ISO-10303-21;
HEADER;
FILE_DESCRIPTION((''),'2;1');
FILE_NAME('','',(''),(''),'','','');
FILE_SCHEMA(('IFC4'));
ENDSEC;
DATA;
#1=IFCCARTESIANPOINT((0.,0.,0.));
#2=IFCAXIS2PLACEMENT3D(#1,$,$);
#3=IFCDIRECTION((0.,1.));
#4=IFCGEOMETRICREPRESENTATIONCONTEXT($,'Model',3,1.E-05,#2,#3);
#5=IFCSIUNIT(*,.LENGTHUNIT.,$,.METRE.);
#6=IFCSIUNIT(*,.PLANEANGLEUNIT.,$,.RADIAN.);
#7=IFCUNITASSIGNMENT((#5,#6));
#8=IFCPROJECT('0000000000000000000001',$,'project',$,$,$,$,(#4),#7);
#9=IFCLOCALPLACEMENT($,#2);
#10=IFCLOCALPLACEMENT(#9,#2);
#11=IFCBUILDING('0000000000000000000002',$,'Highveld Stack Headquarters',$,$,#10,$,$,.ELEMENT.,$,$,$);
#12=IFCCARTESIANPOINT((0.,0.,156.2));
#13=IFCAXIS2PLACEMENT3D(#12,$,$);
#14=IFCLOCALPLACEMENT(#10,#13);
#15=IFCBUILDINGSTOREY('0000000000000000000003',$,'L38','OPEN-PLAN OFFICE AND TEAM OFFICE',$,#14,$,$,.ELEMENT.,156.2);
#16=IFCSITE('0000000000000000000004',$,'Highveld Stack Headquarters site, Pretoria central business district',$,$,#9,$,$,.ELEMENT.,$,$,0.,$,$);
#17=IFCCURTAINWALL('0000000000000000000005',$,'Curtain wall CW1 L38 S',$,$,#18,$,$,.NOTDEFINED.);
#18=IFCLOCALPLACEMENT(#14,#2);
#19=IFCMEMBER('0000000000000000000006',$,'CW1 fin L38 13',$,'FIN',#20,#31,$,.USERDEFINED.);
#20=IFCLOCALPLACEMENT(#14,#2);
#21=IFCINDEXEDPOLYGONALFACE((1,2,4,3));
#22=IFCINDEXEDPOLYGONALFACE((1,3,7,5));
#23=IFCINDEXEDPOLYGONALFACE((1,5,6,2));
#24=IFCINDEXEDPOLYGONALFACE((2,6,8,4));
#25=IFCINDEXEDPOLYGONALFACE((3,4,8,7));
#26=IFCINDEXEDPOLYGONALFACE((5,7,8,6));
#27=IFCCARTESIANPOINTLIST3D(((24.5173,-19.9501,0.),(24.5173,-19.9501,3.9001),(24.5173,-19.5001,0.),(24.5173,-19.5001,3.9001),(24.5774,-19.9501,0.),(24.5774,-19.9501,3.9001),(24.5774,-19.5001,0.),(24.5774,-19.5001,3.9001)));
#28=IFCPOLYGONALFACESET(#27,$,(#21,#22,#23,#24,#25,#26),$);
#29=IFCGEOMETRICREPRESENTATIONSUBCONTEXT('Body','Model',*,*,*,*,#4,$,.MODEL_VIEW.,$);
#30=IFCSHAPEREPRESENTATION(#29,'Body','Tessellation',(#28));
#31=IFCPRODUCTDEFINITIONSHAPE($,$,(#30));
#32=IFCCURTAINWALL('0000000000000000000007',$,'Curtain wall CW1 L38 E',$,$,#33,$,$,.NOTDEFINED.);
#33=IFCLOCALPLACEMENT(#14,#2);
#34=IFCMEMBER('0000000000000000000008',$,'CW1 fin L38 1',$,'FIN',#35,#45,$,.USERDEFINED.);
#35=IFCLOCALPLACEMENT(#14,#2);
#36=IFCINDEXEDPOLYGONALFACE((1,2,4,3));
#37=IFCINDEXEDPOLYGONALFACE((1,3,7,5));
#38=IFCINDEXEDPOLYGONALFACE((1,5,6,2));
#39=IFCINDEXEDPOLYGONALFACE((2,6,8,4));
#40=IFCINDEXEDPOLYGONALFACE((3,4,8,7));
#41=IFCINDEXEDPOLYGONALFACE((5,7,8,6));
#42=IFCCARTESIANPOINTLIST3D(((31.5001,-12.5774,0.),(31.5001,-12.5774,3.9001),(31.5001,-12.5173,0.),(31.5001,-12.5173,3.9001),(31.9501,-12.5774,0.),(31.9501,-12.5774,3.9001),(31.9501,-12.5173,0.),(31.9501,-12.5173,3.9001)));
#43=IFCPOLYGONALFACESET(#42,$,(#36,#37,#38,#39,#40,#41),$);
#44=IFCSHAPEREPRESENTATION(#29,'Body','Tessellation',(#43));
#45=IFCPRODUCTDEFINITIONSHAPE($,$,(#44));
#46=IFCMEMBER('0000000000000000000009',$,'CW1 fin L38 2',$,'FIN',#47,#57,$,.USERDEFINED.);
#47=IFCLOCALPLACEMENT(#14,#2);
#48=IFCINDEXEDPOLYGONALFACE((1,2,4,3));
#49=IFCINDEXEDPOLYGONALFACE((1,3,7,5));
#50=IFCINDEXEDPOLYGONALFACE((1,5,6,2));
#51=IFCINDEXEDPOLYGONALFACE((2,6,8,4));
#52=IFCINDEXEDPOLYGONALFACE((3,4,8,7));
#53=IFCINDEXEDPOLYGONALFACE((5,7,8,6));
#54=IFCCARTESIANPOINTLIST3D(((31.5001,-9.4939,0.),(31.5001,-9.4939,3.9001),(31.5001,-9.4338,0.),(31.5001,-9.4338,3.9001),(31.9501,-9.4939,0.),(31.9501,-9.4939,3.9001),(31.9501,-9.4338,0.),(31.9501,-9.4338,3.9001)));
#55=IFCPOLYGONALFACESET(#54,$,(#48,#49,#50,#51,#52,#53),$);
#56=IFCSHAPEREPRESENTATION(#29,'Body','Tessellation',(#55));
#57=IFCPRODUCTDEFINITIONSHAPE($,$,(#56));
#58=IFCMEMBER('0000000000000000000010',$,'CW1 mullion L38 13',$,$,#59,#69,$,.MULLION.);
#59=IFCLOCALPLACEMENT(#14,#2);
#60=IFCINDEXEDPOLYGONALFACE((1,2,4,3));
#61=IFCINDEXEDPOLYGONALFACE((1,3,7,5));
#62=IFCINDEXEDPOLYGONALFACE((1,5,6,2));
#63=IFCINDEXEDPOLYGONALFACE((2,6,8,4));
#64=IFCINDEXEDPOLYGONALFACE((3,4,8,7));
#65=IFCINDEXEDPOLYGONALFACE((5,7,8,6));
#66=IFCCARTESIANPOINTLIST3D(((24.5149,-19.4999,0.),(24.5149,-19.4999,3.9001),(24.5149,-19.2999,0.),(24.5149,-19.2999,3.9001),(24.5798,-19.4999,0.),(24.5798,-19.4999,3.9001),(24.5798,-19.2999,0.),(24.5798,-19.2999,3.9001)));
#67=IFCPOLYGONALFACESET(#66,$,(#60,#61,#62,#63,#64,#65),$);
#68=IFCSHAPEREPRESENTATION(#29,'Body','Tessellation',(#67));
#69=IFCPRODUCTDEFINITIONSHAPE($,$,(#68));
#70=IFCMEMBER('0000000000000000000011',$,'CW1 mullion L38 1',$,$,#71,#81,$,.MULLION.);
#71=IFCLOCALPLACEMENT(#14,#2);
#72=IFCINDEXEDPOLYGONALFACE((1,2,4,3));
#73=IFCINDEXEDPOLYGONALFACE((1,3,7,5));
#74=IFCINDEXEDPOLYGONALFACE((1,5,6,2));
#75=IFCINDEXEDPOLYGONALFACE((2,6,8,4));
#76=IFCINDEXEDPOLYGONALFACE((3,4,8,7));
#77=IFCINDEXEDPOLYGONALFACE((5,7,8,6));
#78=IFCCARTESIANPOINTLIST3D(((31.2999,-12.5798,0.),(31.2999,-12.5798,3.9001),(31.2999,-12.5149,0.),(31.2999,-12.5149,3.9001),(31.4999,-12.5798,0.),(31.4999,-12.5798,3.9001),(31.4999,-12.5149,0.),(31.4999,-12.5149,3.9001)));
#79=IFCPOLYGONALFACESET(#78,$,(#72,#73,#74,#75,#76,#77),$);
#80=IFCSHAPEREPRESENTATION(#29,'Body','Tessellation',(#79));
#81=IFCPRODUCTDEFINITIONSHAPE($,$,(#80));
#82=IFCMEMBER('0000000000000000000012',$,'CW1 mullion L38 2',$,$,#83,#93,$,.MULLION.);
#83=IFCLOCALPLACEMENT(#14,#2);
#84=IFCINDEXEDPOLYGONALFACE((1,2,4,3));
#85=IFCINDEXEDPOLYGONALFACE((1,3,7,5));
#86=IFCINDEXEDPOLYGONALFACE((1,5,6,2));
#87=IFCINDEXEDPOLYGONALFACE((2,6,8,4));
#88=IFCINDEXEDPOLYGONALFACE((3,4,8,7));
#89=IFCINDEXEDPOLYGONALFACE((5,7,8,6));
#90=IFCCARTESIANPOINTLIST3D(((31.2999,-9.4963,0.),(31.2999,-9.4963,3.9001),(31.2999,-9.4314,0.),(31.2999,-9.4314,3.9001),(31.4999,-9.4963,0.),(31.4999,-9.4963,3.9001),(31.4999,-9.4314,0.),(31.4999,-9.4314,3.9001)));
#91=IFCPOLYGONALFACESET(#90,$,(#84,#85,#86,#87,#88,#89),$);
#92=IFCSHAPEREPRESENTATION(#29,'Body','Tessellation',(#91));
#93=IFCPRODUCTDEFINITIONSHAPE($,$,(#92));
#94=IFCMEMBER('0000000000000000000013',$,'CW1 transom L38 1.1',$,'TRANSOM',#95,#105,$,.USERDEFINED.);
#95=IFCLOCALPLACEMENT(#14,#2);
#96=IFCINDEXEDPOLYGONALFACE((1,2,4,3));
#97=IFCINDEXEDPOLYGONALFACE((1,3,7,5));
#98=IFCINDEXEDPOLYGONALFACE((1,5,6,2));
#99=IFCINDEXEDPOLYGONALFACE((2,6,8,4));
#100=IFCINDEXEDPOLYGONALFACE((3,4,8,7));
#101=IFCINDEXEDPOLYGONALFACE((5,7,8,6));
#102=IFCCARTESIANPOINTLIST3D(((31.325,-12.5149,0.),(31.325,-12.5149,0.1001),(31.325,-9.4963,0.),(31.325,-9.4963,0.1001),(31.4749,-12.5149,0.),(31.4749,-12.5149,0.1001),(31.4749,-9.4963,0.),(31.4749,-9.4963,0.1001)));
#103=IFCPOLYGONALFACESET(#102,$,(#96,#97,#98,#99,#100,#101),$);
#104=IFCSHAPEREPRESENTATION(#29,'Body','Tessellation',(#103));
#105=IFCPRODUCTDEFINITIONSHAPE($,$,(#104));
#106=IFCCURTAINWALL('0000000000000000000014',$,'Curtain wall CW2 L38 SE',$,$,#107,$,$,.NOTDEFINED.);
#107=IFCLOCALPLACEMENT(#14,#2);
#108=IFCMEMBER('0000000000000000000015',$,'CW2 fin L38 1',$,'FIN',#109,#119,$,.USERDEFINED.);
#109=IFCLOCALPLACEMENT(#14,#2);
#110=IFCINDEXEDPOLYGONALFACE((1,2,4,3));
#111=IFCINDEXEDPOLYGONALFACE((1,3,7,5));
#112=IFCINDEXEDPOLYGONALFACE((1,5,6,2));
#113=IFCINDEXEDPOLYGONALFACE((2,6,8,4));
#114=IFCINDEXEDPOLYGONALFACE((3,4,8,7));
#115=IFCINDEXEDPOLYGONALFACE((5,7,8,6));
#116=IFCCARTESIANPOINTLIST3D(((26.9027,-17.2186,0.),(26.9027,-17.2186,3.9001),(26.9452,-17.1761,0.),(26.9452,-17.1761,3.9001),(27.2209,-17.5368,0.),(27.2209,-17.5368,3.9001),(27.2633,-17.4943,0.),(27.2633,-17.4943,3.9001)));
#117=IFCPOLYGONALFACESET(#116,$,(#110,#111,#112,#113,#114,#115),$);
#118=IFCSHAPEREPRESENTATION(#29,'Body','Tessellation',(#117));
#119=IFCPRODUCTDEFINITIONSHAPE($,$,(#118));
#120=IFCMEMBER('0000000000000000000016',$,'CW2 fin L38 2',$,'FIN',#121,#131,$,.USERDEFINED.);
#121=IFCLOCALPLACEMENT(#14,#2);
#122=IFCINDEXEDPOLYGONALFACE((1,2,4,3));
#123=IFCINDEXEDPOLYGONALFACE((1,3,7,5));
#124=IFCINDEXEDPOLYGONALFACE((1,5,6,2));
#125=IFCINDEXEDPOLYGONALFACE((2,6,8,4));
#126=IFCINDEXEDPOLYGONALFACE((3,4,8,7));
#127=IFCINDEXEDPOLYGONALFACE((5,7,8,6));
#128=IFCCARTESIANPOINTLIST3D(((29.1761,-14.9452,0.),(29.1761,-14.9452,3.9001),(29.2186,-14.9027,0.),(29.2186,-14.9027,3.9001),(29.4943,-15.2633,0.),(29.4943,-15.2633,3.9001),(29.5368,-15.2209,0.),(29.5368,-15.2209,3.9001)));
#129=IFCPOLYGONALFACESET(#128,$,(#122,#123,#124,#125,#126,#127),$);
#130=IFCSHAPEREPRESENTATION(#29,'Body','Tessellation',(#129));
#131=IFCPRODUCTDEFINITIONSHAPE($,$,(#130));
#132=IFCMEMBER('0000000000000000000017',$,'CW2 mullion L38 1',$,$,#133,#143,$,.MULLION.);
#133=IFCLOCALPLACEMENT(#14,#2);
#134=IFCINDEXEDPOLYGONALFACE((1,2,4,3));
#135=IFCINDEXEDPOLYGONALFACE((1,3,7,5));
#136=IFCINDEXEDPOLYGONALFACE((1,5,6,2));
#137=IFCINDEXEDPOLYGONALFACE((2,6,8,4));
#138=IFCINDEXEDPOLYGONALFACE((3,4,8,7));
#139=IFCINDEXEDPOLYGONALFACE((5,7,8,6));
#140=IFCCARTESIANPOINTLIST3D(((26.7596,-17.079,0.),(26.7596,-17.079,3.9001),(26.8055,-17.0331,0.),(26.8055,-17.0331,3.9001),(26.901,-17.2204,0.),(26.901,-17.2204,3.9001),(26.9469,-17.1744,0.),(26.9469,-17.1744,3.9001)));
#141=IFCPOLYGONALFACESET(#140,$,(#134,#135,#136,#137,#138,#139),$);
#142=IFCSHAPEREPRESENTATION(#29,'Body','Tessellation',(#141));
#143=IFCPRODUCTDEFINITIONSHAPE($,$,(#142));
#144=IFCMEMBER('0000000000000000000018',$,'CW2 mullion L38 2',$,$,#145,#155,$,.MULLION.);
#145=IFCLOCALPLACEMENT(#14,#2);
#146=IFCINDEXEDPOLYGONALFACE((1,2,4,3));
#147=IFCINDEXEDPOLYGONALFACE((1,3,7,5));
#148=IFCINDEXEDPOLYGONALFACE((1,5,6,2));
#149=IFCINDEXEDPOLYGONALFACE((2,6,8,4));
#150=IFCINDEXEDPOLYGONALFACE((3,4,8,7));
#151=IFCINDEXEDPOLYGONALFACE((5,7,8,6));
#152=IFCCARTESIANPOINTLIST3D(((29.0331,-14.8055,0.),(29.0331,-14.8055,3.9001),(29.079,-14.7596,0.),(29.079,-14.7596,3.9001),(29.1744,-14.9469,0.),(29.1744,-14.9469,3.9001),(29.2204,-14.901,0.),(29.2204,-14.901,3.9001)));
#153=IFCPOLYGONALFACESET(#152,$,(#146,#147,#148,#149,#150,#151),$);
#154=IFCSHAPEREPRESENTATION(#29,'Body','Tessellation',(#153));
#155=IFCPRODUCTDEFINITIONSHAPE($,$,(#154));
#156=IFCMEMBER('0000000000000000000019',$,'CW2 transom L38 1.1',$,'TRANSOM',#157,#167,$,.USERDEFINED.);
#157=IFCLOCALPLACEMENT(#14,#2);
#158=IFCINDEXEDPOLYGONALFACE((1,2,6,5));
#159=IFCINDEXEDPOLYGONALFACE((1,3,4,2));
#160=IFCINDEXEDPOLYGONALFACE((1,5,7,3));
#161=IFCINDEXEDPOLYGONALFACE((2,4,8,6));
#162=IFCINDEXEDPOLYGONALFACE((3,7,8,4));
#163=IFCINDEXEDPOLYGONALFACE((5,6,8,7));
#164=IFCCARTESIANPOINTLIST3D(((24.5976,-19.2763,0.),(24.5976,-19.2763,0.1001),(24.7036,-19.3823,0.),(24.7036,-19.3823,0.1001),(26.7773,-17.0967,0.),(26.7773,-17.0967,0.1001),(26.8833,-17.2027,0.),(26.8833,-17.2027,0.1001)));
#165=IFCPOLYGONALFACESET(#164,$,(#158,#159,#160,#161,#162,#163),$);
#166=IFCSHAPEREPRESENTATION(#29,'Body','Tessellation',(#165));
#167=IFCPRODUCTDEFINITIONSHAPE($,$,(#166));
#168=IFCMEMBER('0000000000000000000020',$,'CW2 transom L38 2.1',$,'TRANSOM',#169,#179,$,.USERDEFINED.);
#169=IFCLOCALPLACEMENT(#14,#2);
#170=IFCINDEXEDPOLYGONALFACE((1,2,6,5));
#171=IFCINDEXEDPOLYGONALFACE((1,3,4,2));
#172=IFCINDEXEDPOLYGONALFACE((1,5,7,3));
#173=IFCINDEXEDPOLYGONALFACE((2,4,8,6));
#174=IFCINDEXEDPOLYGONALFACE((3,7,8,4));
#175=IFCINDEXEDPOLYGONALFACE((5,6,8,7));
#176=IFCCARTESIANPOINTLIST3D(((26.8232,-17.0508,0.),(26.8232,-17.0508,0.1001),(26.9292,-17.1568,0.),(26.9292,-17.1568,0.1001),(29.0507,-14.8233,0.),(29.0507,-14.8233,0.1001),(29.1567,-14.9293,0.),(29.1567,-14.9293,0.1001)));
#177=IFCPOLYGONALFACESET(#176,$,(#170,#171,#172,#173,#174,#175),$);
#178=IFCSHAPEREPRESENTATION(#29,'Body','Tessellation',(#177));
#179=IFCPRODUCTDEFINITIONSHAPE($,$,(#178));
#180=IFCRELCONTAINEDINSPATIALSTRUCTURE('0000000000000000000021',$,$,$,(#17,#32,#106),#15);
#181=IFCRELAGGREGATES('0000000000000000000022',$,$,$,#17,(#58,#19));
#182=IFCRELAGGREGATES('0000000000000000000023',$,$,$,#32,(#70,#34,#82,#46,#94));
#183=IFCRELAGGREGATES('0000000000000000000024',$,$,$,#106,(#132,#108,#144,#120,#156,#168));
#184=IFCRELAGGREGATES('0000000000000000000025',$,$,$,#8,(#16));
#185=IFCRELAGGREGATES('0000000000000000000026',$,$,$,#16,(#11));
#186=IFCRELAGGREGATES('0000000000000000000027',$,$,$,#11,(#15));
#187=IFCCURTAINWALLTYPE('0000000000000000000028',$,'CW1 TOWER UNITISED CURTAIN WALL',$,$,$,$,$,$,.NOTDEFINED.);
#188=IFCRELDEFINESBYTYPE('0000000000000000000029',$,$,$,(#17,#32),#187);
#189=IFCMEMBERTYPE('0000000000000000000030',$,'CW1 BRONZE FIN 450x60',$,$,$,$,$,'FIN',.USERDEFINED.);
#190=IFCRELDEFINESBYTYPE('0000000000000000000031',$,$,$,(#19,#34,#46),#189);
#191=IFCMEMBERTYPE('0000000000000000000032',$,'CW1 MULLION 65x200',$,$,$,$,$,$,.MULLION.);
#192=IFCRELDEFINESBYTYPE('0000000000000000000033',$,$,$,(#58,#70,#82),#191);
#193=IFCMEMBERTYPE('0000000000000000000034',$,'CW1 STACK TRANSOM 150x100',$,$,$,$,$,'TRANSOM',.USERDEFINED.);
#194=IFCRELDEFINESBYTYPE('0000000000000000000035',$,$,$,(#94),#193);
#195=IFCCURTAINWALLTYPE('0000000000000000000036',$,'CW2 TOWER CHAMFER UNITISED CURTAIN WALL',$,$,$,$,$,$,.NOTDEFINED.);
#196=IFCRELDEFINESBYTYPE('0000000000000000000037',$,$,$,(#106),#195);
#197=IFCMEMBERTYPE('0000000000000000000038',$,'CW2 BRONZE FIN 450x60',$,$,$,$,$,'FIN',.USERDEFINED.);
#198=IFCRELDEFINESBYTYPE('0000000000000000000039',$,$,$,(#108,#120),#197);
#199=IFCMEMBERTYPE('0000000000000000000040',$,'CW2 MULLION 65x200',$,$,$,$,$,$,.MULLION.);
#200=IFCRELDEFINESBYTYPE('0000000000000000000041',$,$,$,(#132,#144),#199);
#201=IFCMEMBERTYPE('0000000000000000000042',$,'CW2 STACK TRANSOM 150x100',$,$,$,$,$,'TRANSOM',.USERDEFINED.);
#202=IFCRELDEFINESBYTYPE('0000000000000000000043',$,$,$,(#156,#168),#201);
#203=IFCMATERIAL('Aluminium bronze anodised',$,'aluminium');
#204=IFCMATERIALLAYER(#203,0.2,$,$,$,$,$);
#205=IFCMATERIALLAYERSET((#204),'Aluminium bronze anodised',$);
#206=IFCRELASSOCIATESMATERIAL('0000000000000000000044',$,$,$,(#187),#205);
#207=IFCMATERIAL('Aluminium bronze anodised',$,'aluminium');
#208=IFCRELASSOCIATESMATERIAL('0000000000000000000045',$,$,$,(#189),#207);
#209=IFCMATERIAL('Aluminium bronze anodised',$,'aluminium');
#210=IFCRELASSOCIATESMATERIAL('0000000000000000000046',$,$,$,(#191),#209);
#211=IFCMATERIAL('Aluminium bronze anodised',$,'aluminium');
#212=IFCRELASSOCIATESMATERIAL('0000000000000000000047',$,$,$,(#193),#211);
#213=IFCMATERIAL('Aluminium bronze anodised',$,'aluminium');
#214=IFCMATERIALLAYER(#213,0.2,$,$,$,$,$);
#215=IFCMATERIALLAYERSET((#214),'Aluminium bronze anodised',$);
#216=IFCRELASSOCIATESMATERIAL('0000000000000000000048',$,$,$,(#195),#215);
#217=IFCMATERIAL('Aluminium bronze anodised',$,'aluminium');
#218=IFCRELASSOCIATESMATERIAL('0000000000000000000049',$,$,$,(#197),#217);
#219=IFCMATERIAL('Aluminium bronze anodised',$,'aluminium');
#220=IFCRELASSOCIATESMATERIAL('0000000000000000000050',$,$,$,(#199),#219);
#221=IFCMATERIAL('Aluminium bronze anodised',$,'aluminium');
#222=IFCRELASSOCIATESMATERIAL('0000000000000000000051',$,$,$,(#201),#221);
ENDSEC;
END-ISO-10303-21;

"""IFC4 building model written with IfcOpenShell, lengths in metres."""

from ifc_helpers import new_model, si_unit, direction, frame, origin, origin_2d, place, context, subcontext, project, spatial, rectangle, extrude, material, layer, layer_set, material_profile, profile_set, type_object, element, aggregate, save


model = new_model("IFC4")

# Units and contexts
model_context = context("Model", 3, precision=1e-05, world=origin(), true_north=direction((0.0, 1.0)))
body_context = subcontext(model_context, "Body", "Model", "MODEL_VIEW")
ifc_project = project(units=[si_unit("LENGTHUNIT", "METRE"), si_unit("PLANEANGLEUNIT", "RADIAN")], contexts=[model_context])

# Site, building, storey
site_placement = place(None, origin())
site = spatial("IfcSite", under=ifc_project, at=site_placement, Name="Highveld Stack Headquarters site, Pretoria central business district", CompositionType="ELEMENT", RefElevation=0.0)
building_placement = place(site_placement, origin())
building = spatial("IfcBuilding", under=site, at=building_placement, Name="Highveld Stack Headquarters", CompositionType="ELEMENT")
storey_placement = place(building_placement, frame((0.0, 0.0, 156.2)))
storey = spatial("IfcBuildingStorey", under=building, at=storey_placement, Name="L38", Description="OPEN-PLAN OFFICE AND TEAM OFFICE", CompositionType="ELEMENT", Elevation=156.2)

# Curtain wall, member
ifc_material_1 = material(Name="Aluminium bronze anodised", Category="aluminium")
ifc_layer_1 = layer(ifc_material_1, 0.2)
ifc_layer_set_1 = layer_set([ifc_layer_1], Name="Aluminium bronze anodised")
curtain_wall_type_1 = type_object("IfcCurtainWallType", Name="CW1 TOWER UNITISED CURTAIN WALL", PredefinedType="NOTDEFINED", material=ifc_layer_set_1)
curtain_wall_1_placement = place(storey_placement, origin())
curtain_wall_1 = element("IfcCurtainWall", 1, at=curtain_wall_1_placement, inside=storey, type_object=curtain_wall_type_1, Name="Curtain wall CW1 L38 S", PredefinedType="NOTDEFINED")
ifc_material_2 = material(Name="Aluminium bronze anodised", Category="aluminium")
ifc_material_profile_1 = material_profile(ifc_material_2, rectangle(XDim=0.45, YDim=0.0601, at=origin_2d()), Name="FIN 450x60")
ifc_profile_set_1 = profile_set([ifc_material_profile_1], Name="Aluminium bronze anodised")
member_type_1 = type_object("IfcMemberType", Name="CW1 BRONZE FIN 450x60", ElementType="FIN", PredefinedType="USERDEFINED", material=ifc_profile_set_1)
member_1_placement = place(storey_placement, frame((24.5474, -19.7251, 0.0), z_axis=(0.0, 0.0, 1.0), x_axis=(0.0, 1.0, 0.0)))
member_1 = element("IfcMember", 2, at=member_1_placement, type_object=member_type_1, Name="CW1 fin L38 13", ObjectType="FIN", PredefinedType="USERDEFINED", context=body_context, shape_type="SweptSolid", body=[
    extrude(rectangle(XDim=0.45, YDim=0.0601, at=origin_2d()), origin(), (0.0, 0.0, 1.0), 3.9001),
])

# Curtain wall, members
curtain_wall_2_placement = place(storey_placement, origin())
curtain_wall_2 = element("IfcCurtainWall", 3, at=curtain_wall_2_placement, inside=storey, type_object=curtain_wall_type_1, Name="Curtain wall CW1 L38 E", PredefinedType="NOTDEFINED")
member_2_placement = place(storey_placement, frame((31.7251, -12.5474, 0.0), z_axis=(0.0, 0.0, 1.0), x_axis=(-1.0, 0.0, 0.0)))
member_2 = element("IfcMember", 4, at=member_2_placement, type_object=member_type_1, Name="CW1 fin L38 1", ObjectType="FIN", PredefinedType="USERDEFINED", context=body_context, shape_type="SweptSolid", body=[
    extrude(rectangle(XDim=0.45, YDim=0.0601, at=origin_2d()), origin(), (0.0, 0.0, 1.0), 3.9001),
])
member_3_placement = place(storey_placement, frame((31.7251, -9.4639, 0.0), z_axis=(0.0, 0.0, 1.0), x_axis=(-1.0, 0.0, 0.0)))
member_3 = element("IfcMember", 5, at=member_3_placement, type_object=member_type_1, Name="CW1 fin L38 2", ObjectType="FIN", PredefinedType="USERDEFINED", context=body_context, shape_type="SweptSolid", body=[
    extrude(rectangle(XDim=0.45, YDim=0.0601, at=origin_2d()), origin(), (0.0, 0.0, 1.0), 3.9001),
])

# Members
ifc_material_3 = material(Name="Aluminium bronze anodised", Category="aluminium")
ifc_material_profile_2 = material_profile(ifc_material_3, rectangle(XDim=0.2, YDim=0.0649, at=origin_2d()), Name="CW1 MULLION 65x200")
ifc_profile_set_2 = profile_set([ifc_material_profile_2], Name="Aluminium bronze anodised")
member_type_2 = type_object("IfcMemberType", Name="CW1 MULLION 65x200", PredefinedType="MULLION", material=ifc_profile_set_2)
member_4_placement = place(storey_placement, frame((24.5474, -19.3999, 0.0), z_axis=(0.0, 0.0, 1.0), x_axis=(0.0, 1.0, 0.0)))
member_4 = element("IfcMember", 6, at=member_4_placement, type_object=member_type_2, Name="CW1 mullion L38 13", PredefinedType="MULLION", context=body_context, shape_type="SweptSolid", body=[
    extrude(rectangle(XDim=0.2, YDim=0.0649, at=origin_2d()), origin(), (0.0, 0.0, 1.0), 3.9001),
])
aggregate(curtain_wall_1, [member_4, member_1])
member_5_placement = place(storey_placement, frame((31.3999, -12.5474, 0.0), z_axis=(0.0, 0.0, 1.0), x_axis=(-1.0, 0.0, 0.0)))
member_5 = element("IfcMember", 7, at=member_5_placement, type_object=member_type_2, Name="CW1 mullion L38 1", PredefinedType="MULLION", context=body_context, shape_type="SweptSolid", body=[
    extrude(rectangle(XDim=0.2, YDim=0.0649, at=origin_2d()), origin(), (0.0, 0.0, 1.0), 3.9001),
])
member_6_placement = place(storey_placement, frame((31.3999, -9.4639, 0.0), z_axis=(0.0, 0.0, 1.0), x_axis=(-1.0, 0.0, 0.0)))
member_6 = element("IfcMember", 8, at=member_6_placement, type_object=member_type_2, Name="CW1 mullion L38 2", PredefinedType="MULLION", context=body_context, shape_type="SweptSolid", body=[
    extrude(rectangle(XDim=0.2, YDim=0.0649, at=origin_2d()), origin(), (0.0, 0.0, 1.0), 3.9001),
])
ifc_material_4 = material(Name="Aluminium bronze anodised", Category="aluminium")
ifc_material_profile_3 = material_profile(ifc_material_4, rectangle(XDim=0.1499, YDim=0.1001, at=origin_2d()), Name="CW1 TRANSOM 150x100")
ifc_profile_set_3 = profile_set([ifc_material_profile_3], Name="Aluminium bronze anodised")
member_type_3 = type_object("IfcMemberType", Name="CW1 STACK TRANSOM 150x100", ElementType="TRANSOM", PredefinedType="USERDEFINED", material=ifc_profile_set_3)
member_7_placement = place(storey_placement, frame((31.3999, -12.5149, 0.05), z_axis=(0.0, 1.0, 0.0), x_axis=(-1.0, 0.0, 0.0)))
member_7 = element("IfcMember", 9, at=member_7_placement, type_object=member_type_3, Name="CW1 transom L38 1.1", ObjectType="TRANSOM", PredefinedType="USERDEFINED", context=body_context, shape_type="SweptSolid", body=[
    extrude(rectangle(XDim=0.1499, YDim=0.1001, at=origin_2d()), origin(), (0.0, 0.0, 1.0), 3.0186),
])

# Curtain wall, members
ifc_material_5 = material(Name="Aluminium bronze anodised", Category="aluminium")
ifc_layer_2 = layer(ifc_material_5, 0.2)
ifc_layer_set_2 = layer_set([ifc_layer_2], Name="Aluminium bronze anodised")
curtain_wall_type_2 = type_object("IfcCurtainWallType", Name="CW2 TOWER CHAMFER UNITISED CURTAIN WALL", PredefinedType="NOTDEFINED", material=ifc_layer_set_2)
curtain_wall_3_placement = place(storey_placement, origin())
curtain_wall_3 = element("IfcCurtainWall", 10, at=curtain_wall_3_placement, inside=storey, type_object=curtain_wall_type_2, Name="Curtain wall CW2 L38 SE", PredefinedType="NOTDEFINED")
ifc_material_6 = material(Name="Aluminium bronze anodised", Category="aluminium")
ifc_material_profile_4 = material_profile(ifc_material_6, rectangle(XDim=0.45, YDim=0.0601, at=origin_2d()), Name="FIN 450x60")
ifc_profile_set_4 = profile_set([ifc_material_profile_4], Name="Aluminium bronze anodised")
member_type_4 = type_object("IfcMemberType", Name="CW2 BRONZE FIN 450x60", ElementType="FIN", PredefinedType="USERDEFINED", material=ifc_profile_set_4)
member_8_placement = place(storey_placement, frame((27.083, -17.3564, 0.0), z_axis=(0.0, 0.0, 1.0), x_axis=(-0.707107, 0.707107, 0.0)))
member_8 = element("IfcMember", 11, at=member_8_placement, type_object=member_type_4, Name="CW2 fin L38 1", ObjectType="FIN", PredefinedType="USERDEFINED", context=body_context, shape_type="SweptSolid", body=[
    extrude(rectangle(XDim=0.45, YDim=0.0601, at=origin_2d()), origin(), (0.0, 0.0, 1.0), 3.9001),
])
member_9_placement = place(storey_placement, frame((29.3564, -15.083, 0.0), z_axis=(0.0, 0.0, 1.0), x_axis=(-0.707107, 0.707107, 0.0)))
member_9 = element("IfcMember", 12, at=member_9_placement, type_object=member_type_4, Name="CW2 fin L38 2", ObjectType="FIN", PredefinedType="USERDEFINED", context=body_context, shape_type="SweptSolid", body=[
    extrude(rectangle(XDim=0.45, YDim=0.0601, at=origin_2d()), origin(), (0.0, 0.0, 1.0), 3.9001),
])
ifc_material_7 = material(Name="Aluminium bronze anodised", Category="aluminium")
ifc_material_profile_5 = material_profile(ifc_material_7, rectangle(XDim=0.2, YDim=0.0649, at=origin_2d()), Name="CW2 MULLION 65x200")
ifc_profile_set_5 = profile_set([ifc_material_profile_5], Name="Aluminium bronze anodised")
member_type_5 = type_object("IfcMemberType", Name="CW2 MULLION 65x200", PredefinedType="MULLION", material=ifc_profile_set_5)
member_10_placement = place(storey_placement, frame((26.8533, -17.1267, 0.0), z_axis=(0.0, 0.0, 1.0), x_axis=(-0.707107, 0.707107, 0.0)))
member_10 = element("IfcMember", 13, at=member_10_placement, type_object=member_type_5, Name="CW2 mullion L38 1", PredefinedType="MULLION", context=body_context, shape_type="SweptSolid", body=[
    extrude(rectangle(XDim=0.2, YDim=0.0649, at=origin_2d()), origin(), (0.0, 0.0, 1.0), 3.9001),
])
member_11_placement = place(storey_placement, frame((29.1267, -14.8533, 0.0), z_axis=(0.0, 0.0, 1.0), x_axis=(-0.707107, 0.707107, 0.0)))
member_11 = element("IfcMember", 14, at=member_11_placement, type_object=member_type_5, Name="CW2 mullion L38 2", PredefinedType="MULLION", context=body_context, shape_type="SweptSolid", body=[
    extrude(rectangle(XDim=0.2, YDim=0.0649, at=origin_2d()), origin(), (0.0, 0.0, 1.0), 3.9001),
])
ifc_material_8 = material(Name="Aluminium bronze anodised", Category="aluminium")
ifc_material_profile_6 = material_profile(ifc_material_8, rectangle(XDim=0.1499, YDim=0.1001, at=origin_2d()), Name="CW2 TRANSOM 150x100")
ifc_profile_set_6 = profile_set([ifc_material_profile_6], Name="Aluminium bronze anodised")
member_type_6 = type_object("IfcMemberType", Name="CW2 STACK TRANSOM 150x100", ElementType="TRANSOM", PredefinedType="USERDEFINED", material=ifc_profile_set_6)
member_12_placement = place(storey_placement, frame((24.6506, -19.3293, 0.05), z_axis=(0.707107, 0.707107, 0.0), x_axis=(-0.707107, 0.707107, 0.0)))
member_12 = element("IfcMember", 15, at=member_12_placement, type_object=member_type_6, Name="CW2 transom L38 1.1", ObjectType="TRANSOM", PredefinedType="USERDEFINED", context=body_context, shape_type="SweptSolid", body=[
    extrude(rectangle(XDim=0.1499, YDim=0.1001, at=origin_2d()), origin(), (0.0, 0.0, 1.0), 3.0825),
])
member_13_placement = place(storey_placement, frame((26.8762, -17.1038, 0.05), z_axis=(0.707107, 0.707107, 0.0), x_axis=(-0.707107, 0.707107, 0.0)))
member_13 = element("IfcMember", 16, at=member_13_placement, type_object=member_type_6, Name="CW2 transom L38 2.1", ObjectType="TRANSOM", PredefinedType="USERDEFINED", context=body_context, shape_type="SweptSolid", body=[
    extrude(rectangle(XDim=0.1499, YDim=0.1001, at=origin_2d()), origin(), (0.0, 0.0, 1.0), 3.1501),
])

aggregate(curtain_wall_2, [member_5, member_2, member_6, member_3, member_7])
aggregate(curtain_wall_3, [member_10, member_8, member_11, member_9, member_12, member_13])

save(model, "model.ifc")
